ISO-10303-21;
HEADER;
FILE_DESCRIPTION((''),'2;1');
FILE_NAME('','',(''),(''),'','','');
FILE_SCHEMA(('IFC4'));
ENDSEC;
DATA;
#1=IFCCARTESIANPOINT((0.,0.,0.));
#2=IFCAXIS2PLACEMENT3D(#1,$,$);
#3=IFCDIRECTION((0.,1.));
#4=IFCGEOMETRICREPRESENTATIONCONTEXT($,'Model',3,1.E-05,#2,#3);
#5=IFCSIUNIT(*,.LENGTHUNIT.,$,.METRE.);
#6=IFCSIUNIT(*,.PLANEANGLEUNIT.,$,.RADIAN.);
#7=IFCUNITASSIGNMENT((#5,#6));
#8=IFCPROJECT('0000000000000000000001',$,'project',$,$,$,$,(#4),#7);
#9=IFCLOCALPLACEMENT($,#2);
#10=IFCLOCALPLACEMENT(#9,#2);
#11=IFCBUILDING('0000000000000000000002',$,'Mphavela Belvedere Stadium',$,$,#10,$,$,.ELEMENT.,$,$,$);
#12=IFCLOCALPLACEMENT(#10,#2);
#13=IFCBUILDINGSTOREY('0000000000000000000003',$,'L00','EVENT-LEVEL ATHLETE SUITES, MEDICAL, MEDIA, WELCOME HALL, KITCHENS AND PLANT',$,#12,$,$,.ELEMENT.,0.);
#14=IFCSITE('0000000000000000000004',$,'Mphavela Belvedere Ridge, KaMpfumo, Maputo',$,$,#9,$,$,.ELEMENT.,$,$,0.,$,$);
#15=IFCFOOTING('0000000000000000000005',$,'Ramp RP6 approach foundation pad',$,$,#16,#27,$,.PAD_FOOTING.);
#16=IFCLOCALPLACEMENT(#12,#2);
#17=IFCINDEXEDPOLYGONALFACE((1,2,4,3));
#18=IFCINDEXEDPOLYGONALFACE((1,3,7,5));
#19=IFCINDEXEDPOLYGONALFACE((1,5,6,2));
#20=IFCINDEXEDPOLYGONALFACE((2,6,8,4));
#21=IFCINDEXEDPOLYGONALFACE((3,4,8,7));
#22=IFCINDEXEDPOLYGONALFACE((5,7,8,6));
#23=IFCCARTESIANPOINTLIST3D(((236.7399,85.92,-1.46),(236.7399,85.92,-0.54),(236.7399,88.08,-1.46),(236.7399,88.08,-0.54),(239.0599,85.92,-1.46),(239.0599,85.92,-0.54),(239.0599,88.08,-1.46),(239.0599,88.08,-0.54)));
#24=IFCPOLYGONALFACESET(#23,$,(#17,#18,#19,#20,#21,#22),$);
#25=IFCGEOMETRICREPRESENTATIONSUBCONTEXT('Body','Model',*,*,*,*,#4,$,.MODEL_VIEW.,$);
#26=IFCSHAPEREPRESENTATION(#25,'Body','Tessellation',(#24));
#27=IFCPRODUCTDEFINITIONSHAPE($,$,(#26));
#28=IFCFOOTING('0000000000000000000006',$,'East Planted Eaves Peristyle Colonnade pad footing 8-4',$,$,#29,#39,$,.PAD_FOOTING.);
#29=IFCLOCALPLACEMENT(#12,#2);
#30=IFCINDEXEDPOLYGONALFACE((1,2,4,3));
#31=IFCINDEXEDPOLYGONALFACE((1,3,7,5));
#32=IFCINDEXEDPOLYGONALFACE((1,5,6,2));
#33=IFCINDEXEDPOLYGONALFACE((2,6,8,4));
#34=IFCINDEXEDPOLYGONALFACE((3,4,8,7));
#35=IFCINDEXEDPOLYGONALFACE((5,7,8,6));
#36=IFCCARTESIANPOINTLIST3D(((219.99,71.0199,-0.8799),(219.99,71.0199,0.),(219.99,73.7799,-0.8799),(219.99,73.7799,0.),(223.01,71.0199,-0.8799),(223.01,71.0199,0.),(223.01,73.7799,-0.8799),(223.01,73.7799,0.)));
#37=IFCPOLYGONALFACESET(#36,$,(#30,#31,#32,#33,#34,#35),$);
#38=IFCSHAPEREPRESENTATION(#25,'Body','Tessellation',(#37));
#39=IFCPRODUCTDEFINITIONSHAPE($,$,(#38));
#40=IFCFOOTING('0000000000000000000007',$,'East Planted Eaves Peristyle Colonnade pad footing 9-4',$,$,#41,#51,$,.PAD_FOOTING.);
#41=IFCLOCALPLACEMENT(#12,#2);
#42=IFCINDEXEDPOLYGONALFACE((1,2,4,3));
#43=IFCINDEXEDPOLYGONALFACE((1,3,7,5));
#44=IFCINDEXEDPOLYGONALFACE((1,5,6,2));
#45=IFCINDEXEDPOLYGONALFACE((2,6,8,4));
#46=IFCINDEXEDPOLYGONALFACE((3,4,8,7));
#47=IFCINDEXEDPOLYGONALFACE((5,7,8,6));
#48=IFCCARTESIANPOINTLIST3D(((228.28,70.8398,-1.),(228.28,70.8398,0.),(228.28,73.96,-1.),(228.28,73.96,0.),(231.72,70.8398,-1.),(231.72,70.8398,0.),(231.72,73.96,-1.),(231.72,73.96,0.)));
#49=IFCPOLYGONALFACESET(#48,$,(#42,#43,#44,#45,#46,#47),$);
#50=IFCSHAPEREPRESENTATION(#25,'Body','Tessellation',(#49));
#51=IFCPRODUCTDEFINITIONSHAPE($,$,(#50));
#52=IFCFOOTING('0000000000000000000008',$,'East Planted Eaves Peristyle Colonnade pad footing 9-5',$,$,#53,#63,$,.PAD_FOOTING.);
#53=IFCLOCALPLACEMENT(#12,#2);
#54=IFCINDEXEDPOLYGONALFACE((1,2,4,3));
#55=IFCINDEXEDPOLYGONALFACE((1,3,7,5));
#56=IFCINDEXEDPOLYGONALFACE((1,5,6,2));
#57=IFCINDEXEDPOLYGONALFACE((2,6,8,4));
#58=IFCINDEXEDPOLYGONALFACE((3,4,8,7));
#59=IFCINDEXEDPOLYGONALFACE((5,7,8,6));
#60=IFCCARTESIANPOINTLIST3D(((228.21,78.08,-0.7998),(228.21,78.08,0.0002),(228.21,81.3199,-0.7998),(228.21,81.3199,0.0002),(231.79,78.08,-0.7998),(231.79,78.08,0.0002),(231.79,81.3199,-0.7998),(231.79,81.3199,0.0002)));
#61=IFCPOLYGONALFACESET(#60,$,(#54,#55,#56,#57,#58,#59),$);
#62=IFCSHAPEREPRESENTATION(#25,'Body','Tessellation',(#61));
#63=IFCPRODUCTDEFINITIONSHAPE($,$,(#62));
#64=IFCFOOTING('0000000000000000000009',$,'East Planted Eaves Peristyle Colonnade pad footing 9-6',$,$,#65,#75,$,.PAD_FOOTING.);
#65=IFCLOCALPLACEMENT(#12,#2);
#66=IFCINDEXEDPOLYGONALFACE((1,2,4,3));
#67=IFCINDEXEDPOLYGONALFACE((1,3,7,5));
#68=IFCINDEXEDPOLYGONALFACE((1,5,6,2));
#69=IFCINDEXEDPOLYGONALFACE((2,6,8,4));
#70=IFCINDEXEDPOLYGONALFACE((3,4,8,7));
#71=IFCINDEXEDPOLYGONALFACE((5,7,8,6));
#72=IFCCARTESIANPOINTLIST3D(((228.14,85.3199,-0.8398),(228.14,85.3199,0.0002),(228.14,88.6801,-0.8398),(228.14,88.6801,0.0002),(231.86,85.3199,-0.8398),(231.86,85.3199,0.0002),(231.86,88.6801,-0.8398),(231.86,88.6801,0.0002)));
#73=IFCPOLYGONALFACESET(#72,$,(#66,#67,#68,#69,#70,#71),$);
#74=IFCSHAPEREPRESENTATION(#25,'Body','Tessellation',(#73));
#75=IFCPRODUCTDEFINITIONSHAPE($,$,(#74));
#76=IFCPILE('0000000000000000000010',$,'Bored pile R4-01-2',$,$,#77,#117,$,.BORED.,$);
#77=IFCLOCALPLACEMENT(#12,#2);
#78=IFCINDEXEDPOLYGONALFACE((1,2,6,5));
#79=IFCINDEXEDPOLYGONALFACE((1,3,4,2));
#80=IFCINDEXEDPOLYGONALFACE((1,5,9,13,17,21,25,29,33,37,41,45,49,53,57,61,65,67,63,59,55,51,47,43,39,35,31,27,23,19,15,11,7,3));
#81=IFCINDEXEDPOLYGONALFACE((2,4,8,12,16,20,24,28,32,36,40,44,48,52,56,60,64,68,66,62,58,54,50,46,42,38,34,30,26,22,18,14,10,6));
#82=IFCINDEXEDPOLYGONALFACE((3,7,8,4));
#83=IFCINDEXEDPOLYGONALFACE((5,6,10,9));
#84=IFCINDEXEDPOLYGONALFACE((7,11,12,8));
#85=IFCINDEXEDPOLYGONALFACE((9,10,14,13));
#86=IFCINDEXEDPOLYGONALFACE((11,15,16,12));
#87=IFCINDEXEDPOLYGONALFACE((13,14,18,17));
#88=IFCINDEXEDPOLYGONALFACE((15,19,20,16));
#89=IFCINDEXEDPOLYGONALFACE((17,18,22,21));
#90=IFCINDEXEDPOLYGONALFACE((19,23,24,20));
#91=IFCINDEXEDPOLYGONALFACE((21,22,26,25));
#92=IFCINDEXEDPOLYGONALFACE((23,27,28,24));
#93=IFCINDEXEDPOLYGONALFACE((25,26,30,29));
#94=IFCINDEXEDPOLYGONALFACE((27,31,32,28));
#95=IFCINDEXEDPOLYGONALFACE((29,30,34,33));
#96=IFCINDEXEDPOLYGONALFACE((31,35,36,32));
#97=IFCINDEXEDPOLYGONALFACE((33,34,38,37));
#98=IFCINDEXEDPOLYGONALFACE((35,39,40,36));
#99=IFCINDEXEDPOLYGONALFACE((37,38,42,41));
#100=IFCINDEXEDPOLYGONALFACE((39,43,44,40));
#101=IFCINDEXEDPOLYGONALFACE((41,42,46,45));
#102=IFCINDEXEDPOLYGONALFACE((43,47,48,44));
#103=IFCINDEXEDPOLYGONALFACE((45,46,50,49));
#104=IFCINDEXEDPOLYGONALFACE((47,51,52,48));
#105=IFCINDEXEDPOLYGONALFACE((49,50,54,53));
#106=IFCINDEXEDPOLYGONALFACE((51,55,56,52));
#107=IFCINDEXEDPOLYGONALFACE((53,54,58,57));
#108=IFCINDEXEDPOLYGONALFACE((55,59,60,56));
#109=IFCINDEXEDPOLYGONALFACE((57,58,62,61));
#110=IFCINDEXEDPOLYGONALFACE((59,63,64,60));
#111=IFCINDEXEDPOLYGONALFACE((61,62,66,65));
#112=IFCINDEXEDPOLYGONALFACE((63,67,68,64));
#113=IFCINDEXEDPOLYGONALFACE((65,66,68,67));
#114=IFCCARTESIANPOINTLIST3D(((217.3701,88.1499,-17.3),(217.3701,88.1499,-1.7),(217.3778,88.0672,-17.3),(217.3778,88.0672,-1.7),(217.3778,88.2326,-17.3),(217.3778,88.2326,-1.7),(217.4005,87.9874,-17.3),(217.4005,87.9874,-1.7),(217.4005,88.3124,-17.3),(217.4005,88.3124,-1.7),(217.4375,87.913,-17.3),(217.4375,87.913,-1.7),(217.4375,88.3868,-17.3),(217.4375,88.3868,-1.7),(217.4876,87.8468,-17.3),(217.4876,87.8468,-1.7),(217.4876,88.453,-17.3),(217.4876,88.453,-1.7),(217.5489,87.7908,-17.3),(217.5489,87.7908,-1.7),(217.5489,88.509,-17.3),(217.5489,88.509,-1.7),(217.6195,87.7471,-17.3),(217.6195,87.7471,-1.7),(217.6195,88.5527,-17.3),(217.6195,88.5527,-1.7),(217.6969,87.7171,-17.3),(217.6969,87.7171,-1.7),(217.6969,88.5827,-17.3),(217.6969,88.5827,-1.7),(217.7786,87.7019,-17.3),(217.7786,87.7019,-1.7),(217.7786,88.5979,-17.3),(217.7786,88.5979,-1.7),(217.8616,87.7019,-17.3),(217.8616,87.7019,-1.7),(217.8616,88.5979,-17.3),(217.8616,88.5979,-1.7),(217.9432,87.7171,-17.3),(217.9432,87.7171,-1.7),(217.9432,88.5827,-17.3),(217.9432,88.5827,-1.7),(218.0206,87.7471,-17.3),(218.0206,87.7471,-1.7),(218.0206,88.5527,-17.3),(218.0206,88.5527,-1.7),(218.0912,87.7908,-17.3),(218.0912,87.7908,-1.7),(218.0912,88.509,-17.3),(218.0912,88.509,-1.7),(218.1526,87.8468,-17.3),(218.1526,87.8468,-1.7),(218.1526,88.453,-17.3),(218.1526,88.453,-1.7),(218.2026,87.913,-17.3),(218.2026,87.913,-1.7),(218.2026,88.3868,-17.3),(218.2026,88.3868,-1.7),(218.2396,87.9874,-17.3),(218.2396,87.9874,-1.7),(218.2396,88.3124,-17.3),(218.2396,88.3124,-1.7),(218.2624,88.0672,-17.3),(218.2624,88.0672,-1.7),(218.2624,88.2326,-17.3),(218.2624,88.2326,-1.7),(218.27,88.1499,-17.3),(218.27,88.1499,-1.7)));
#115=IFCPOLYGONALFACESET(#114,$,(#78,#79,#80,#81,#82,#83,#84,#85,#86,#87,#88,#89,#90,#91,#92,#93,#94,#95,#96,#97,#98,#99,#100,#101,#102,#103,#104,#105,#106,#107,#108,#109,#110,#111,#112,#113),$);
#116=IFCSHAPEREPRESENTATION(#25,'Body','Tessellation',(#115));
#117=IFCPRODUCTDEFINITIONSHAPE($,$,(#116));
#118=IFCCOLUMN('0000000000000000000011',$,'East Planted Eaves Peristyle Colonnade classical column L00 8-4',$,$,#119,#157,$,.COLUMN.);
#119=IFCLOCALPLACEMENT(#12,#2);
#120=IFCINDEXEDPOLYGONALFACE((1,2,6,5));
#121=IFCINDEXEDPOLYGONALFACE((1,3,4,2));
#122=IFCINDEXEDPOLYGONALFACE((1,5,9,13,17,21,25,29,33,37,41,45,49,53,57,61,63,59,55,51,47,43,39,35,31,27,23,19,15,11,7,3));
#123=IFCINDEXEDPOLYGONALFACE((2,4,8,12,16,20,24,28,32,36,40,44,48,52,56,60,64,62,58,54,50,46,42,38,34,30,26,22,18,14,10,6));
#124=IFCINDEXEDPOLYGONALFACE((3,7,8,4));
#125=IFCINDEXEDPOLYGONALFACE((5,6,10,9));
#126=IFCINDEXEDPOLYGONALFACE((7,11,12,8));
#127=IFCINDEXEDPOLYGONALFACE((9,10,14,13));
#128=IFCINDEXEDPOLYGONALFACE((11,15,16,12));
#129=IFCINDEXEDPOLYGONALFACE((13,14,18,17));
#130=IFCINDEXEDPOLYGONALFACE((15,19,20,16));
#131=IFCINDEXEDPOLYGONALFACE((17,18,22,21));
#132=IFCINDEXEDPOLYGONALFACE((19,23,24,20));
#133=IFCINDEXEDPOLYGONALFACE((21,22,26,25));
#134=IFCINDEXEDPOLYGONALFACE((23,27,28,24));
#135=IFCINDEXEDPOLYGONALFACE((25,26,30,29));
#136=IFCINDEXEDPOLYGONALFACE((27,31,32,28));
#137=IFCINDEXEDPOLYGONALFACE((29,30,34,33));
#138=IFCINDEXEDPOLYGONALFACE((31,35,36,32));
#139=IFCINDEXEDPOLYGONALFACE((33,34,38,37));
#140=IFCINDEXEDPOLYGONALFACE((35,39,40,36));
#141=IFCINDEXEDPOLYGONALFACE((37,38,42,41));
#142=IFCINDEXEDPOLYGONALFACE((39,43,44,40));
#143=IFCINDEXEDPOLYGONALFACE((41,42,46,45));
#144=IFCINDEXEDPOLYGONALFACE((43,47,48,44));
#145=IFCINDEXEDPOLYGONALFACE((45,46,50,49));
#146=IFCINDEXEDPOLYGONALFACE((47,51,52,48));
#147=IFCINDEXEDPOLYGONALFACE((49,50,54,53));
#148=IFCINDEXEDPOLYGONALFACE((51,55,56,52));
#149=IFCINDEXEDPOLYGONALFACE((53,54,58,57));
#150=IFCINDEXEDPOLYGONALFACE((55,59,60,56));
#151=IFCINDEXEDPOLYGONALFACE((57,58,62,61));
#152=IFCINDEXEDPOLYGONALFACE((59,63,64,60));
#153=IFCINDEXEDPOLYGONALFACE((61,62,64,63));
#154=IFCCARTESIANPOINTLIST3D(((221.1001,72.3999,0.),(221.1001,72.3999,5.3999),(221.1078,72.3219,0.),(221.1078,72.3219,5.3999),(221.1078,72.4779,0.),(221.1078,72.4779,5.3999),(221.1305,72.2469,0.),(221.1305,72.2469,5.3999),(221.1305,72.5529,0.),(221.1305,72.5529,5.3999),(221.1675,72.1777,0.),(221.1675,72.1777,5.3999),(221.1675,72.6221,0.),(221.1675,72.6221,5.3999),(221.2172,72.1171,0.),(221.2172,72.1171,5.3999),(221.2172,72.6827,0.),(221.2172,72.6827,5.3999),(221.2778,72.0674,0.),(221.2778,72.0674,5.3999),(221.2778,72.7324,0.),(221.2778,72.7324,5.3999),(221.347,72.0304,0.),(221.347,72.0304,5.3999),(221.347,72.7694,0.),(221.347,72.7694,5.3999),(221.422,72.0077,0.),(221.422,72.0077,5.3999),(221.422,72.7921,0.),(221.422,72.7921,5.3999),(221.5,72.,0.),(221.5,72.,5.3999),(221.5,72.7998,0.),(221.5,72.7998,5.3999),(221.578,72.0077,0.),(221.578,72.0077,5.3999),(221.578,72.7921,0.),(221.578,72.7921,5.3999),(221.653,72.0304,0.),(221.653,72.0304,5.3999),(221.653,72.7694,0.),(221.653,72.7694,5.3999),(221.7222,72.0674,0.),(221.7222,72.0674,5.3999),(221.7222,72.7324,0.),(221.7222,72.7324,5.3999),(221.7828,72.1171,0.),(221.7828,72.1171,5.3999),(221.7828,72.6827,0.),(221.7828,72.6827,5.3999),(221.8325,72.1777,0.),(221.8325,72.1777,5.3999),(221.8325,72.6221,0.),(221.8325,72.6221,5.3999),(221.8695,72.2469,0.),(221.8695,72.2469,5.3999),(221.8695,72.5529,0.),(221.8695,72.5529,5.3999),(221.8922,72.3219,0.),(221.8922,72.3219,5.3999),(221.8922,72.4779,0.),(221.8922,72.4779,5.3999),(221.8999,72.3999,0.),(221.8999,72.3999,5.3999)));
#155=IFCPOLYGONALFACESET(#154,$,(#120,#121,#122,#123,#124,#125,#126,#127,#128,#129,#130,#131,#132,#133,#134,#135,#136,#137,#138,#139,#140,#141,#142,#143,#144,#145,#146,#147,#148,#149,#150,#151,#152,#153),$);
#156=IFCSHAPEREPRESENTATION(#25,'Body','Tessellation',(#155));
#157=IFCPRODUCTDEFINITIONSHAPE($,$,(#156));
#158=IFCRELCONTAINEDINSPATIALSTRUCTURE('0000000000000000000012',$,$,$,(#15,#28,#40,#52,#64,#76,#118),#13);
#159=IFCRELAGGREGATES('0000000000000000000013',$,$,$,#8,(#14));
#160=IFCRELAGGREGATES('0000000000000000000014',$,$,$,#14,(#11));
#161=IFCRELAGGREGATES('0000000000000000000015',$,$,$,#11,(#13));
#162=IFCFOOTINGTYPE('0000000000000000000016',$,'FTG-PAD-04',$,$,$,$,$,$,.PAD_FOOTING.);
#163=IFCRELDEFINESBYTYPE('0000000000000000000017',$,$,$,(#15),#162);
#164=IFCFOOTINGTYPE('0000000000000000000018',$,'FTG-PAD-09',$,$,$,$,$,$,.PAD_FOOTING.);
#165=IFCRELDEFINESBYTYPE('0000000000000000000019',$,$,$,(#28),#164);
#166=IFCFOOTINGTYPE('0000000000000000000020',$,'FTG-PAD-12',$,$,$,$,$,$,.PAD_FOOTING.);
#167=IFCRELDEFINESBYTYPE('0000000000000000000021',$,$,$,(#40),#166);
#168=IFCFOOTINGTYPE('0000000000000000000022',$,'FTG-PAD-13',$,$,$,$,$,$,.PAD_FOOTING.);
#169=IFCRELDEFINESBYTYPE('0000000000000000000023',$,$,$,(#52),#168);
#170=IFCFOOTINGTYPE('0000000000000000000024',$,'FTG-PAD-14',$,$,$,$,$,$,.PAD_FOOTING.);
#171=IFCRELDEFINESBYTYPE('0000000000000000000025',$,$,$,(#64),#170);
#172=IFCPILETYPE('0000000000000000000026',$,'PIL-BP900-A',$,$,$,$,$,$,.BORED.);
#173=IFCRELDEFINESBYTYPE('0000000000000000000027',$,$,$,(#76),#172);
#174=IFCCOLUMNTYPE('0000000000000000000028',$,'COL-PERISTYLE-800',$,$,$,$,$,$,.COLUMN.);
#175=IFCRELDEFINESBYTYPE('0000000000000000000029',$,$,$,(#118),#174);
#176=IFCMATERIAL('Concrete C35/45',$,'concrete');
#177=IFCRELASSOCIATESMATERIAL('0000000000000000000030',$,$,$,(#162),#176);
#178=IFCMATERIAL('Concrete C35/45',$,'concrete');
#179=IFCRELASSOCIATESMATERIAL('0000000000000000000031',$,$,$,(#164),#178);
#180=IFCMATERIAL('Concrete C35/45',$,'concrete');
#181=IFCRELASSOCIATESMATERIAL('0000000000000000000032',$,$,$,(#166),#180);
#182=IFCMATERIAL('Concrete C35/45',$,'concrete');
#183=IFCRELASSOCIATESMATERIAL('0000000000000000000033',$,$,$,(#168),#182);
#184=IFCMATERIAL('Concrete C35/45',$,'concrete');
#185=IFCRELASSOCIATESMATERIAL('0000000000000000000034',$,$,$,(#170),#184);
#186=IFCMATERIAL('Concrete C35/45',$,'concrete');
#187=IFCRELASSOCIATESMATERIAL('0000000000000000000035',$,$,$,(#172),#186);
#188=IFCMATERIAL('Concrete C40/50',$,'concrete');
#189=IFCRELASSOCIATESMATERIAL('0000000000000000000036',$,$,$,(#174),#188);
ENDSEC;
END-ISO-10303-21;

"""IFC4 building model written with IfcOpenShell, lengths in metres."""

from ifc_helpers import new_model, si_unit, direction, frame, origin, origin_2d, place, context, subcontext, project, spatial, rectangle, circle, extrude, material, material_profile, profile_set, type_object, element, save


model = new_model("IFC4")

# Units and contexts
model_context = context("Model", 3, precision=1e-05, world=origin(), true_north=direction((0.0, 1.0)))
body_context = subcontext(model_context, "Body", "Model", "MODEL_VIEW")
ifc_project = project(units=[si_unit("LENGTHUNIT", "METRE"), si_unit("PLANEANGLEUNIT", "RADIAN")], contexts=[model_context])

# Site, building, storey
site_placement = place(None, origin())
site = spatial("IfcSite", under=ifc_project, at=site_placement, Name="Mphavela Belvedere Ridge, KaMpfumo, Maputo", CompositionType="ELEMENT", RefElevation=0.0)
building_placement = place(site_placement, origin())
building = spatial("IfcBuilding", under=site, at=building_placement, Name="Mphavela Belvedere Stadium", CompositionType="ELEMENT")
storey_placement = place(building_placement, origin())
storey = spatial("IfcBuildingStorey", under=building, at=storey_placement, Name="L00", Description="EVENT-LEVEL ATHLETE SUITES, MEDICAL, MEDIA, WELCOME HALL, KITCHENS AND PLANT", CompositionType="ELEMENT", Elevation=0.0)

# Footings
ifc_material_1 = material(Name="Concrete C35/45", Category="concrete")
footing_type_1 = type_object("IfcFootingType", Name="FTG-PAD-04", PredefinedType="PAD_FOOTING", material=ifc_material_1)
footing_1_placement = place(storey_placement, frame((237.8999, 87.0, -1.46), z_axis=(0.0, 0.0, 1.0), x_axis=(1.0, 0.0, 0.0)))
element("IfcFooting", 1, at=footing_1_placement, inside=storey, type_object=footing_type_1, Name="Ramp RP6 approach foundation pad", PredefinedType="PAD_FOOTING", context=body_context, shape_type="SweptSolid", body=[
    extrude(rectangle(XDim=2.3201, YDim=2.1599, at=origin_2d()), origin(), (0.0, 0.0, 1.0), 0.9199),
])
ifc_material_2 = material(Name="Concrete C35/45", Category="concrete")
footing_type_2 = type_object("IfcFootingType", Name="FTG-PAD-09", PredefinedType="PAD_FOOTING", material=ifc_material_2)
footing_2_placement = place(storey_placement, frame((221.5, 72.3999, -0.8799), z_axis=(0.0, 0.0, 1.0), x_axis=(1.0, 0.0, 0.0)))
element("IfcFooting", 2, at=footing_2_placement, inside=storey, type_object=footing_type_2, Name="East Planted Eaves Peristyle Colonnade pad footing 8-4", PredefinedType="PAD_FOOTING", context=body_context, shape_type="SweptSolid", body=[
    extrude(rectangle(XDim=3.02, YDim=2.76, at=origin_2d()), origin(), (0.0, 0.0, 1.0), 0.8799),
])
ifc_material_3 = material(Name="Concrete C35/45", Category="concrete")
footing_type_3 = type_object("IfcFootingType", Name="FTG-PAD-12", PredefinedType="PAD_FOOTING", material=ifc_material_3)
footing_3_placement = place(storey_placement, frame((230.0, 72.3999, -1.0), z_axis=(0.0, 0.0, 1.0), x_axis=(1.0, 0.0, 0.0)))
element("IfcFooting", 3, at=footing_3_placement, inside=storey, type_object=footing_type_3, Name="East Planted Eaves Peristyle Colonnade pad footing 9-4", PredefinedType="PAD_FOOTING", context=body_context, shape_type="SweptSolid", body=[
    extrude(rectangle(XDim=3.4399, YDim=3.1201, at=origin_2d()), origin(), (0.0, 0.0, 1.0), 1.0),
])
ifc_material_4 = material(Name="Concrete C35/45", Category="concrete")
footing_type_4 = type_object("IfcFootingType", Name="FTG-PAD-13", PredefinedType="PAD_FOOTING", material=ifc_material_4)
footing_4_placement = place(storey_placement, frame((230.0, 79.7, -0.7998), z_axis=(0.0, 0.0, 1.0), x_axis=(1.0, 0.0, 0.0)))
element("IfcFooting", 4, at=footing_4_placement, inside=storey, type_object=footing_type_4, Name="East Planted Eaves Peristyle Colonnade pad footing 9-5", PredefinedType="PAD_FOOTING", context=body_context, shape_type="SweptSolid", body=[
    extrude(rectangle(XDim=3.5801, YDim=3.24, at=origin_2d()), origin(), (0.0, 0.0, 1.0), 0.8),
])
ifc_material_5 = material(Name="Concrete C35/45", Category="concrete")
footing_type_5 = type_object("IfcFootingType", Name="FTG-PAD-14", PredefinedType="PAD_FOOTING", material=ifc_material_5)
footing_5_placement = place(storey_placement, frame((230.0, 87.0, -0.8398), z_axis=(0.0, 0.0, 1.0), x_axis=(1.0, 0.0, 0.0)))
element("IfcFooting", 5, at=footing_5_placement, inside=storey, type_object=footing_type_5, Name="East Planted Eaves Peristyle Colonnade pad footing 9-6", PredefinedType="PAD_FOOTING", context=body_context, shape_type="SweptSolid", body=[
    extrude(rectangle(XDim=3.72, YDim=3.3601, at=origin_2d()), origin(), (0.0, 0.0, 1.0), 0.8401),
])

# Pile
ifc_material_6 = material(Name="Concrete C35/45", Category="concrete")
ifc_material_profile_1 = material_profile(ifc_material_6, circle(Radius=0.45, at=origin_2d()), Name="BP D900")
ifc_profile_set_1 = profile_set([ifc_material_profile_1], Name="Concrete C35/45")
pile_type = type_object("IfcPileType", Name="PIL-BP900-A", PredefinedType="BORED", material=ifc_profile_set_1)
pile_placement = place(storey_placement, frame((217.8201, 88.1499, -1.7), z_axis=(0.0, 0.0, -1.0), x_axis=(1.0, 0.0, 0.0)))
element("IfcPile", 6, at=pile_placement, inside=storey, type_object=pile_type, Name="Bored pile R4-01-2", PredefinedType="BORED", context=body_context, shape_type="SweptSolid", body=[
    extrude(circle(Radius=0.45, at=origin_2d()), origin(), (0.0, 0.0, 1.0), 15.6001),
])

# Column
ifc_material_7 = material(Name="Concrete C40/50", Category="concrete")
ifc_material_profile_2 = material_profile(ifc_material_7, circle(Radius=0.3999, at=origin_2d()), Name="COL D800")
ifc_profile_set_2 = profile_set([ifc_material_profile_2], Name="Concrete C40/50")
column_type_1 = type_object("IfcColumnType", Name="COL-PERISTYLE-800", PredefinedType="COLUMN", material=ifc_profile_set_2)
for number, where, z_axis, x_axis, name in (
    (7, (221.5, 72.3999, 0.0), (0.0, 0.0, 1.0), (1.0, 0.0, 0.0), "East Planted Eaves Peristyle Colonnade classical column L00 8-4"),
):
    element("IfcColumn", number, at=place(storey_placement, frame(where, z_axis=z_axis, x_axis=x_axis)), inside=storey, type_object=column_type_1, Name=name, PredefinedType="COLUMN", context=body_context, shape_type="SweptSolid", body=[
        extrude(circle(Radius=0.3999, at=origin_2d()), origin(), (0.0, 0.0, 1.0), 5.3999),
    ])

save(model, "model.ifc")
